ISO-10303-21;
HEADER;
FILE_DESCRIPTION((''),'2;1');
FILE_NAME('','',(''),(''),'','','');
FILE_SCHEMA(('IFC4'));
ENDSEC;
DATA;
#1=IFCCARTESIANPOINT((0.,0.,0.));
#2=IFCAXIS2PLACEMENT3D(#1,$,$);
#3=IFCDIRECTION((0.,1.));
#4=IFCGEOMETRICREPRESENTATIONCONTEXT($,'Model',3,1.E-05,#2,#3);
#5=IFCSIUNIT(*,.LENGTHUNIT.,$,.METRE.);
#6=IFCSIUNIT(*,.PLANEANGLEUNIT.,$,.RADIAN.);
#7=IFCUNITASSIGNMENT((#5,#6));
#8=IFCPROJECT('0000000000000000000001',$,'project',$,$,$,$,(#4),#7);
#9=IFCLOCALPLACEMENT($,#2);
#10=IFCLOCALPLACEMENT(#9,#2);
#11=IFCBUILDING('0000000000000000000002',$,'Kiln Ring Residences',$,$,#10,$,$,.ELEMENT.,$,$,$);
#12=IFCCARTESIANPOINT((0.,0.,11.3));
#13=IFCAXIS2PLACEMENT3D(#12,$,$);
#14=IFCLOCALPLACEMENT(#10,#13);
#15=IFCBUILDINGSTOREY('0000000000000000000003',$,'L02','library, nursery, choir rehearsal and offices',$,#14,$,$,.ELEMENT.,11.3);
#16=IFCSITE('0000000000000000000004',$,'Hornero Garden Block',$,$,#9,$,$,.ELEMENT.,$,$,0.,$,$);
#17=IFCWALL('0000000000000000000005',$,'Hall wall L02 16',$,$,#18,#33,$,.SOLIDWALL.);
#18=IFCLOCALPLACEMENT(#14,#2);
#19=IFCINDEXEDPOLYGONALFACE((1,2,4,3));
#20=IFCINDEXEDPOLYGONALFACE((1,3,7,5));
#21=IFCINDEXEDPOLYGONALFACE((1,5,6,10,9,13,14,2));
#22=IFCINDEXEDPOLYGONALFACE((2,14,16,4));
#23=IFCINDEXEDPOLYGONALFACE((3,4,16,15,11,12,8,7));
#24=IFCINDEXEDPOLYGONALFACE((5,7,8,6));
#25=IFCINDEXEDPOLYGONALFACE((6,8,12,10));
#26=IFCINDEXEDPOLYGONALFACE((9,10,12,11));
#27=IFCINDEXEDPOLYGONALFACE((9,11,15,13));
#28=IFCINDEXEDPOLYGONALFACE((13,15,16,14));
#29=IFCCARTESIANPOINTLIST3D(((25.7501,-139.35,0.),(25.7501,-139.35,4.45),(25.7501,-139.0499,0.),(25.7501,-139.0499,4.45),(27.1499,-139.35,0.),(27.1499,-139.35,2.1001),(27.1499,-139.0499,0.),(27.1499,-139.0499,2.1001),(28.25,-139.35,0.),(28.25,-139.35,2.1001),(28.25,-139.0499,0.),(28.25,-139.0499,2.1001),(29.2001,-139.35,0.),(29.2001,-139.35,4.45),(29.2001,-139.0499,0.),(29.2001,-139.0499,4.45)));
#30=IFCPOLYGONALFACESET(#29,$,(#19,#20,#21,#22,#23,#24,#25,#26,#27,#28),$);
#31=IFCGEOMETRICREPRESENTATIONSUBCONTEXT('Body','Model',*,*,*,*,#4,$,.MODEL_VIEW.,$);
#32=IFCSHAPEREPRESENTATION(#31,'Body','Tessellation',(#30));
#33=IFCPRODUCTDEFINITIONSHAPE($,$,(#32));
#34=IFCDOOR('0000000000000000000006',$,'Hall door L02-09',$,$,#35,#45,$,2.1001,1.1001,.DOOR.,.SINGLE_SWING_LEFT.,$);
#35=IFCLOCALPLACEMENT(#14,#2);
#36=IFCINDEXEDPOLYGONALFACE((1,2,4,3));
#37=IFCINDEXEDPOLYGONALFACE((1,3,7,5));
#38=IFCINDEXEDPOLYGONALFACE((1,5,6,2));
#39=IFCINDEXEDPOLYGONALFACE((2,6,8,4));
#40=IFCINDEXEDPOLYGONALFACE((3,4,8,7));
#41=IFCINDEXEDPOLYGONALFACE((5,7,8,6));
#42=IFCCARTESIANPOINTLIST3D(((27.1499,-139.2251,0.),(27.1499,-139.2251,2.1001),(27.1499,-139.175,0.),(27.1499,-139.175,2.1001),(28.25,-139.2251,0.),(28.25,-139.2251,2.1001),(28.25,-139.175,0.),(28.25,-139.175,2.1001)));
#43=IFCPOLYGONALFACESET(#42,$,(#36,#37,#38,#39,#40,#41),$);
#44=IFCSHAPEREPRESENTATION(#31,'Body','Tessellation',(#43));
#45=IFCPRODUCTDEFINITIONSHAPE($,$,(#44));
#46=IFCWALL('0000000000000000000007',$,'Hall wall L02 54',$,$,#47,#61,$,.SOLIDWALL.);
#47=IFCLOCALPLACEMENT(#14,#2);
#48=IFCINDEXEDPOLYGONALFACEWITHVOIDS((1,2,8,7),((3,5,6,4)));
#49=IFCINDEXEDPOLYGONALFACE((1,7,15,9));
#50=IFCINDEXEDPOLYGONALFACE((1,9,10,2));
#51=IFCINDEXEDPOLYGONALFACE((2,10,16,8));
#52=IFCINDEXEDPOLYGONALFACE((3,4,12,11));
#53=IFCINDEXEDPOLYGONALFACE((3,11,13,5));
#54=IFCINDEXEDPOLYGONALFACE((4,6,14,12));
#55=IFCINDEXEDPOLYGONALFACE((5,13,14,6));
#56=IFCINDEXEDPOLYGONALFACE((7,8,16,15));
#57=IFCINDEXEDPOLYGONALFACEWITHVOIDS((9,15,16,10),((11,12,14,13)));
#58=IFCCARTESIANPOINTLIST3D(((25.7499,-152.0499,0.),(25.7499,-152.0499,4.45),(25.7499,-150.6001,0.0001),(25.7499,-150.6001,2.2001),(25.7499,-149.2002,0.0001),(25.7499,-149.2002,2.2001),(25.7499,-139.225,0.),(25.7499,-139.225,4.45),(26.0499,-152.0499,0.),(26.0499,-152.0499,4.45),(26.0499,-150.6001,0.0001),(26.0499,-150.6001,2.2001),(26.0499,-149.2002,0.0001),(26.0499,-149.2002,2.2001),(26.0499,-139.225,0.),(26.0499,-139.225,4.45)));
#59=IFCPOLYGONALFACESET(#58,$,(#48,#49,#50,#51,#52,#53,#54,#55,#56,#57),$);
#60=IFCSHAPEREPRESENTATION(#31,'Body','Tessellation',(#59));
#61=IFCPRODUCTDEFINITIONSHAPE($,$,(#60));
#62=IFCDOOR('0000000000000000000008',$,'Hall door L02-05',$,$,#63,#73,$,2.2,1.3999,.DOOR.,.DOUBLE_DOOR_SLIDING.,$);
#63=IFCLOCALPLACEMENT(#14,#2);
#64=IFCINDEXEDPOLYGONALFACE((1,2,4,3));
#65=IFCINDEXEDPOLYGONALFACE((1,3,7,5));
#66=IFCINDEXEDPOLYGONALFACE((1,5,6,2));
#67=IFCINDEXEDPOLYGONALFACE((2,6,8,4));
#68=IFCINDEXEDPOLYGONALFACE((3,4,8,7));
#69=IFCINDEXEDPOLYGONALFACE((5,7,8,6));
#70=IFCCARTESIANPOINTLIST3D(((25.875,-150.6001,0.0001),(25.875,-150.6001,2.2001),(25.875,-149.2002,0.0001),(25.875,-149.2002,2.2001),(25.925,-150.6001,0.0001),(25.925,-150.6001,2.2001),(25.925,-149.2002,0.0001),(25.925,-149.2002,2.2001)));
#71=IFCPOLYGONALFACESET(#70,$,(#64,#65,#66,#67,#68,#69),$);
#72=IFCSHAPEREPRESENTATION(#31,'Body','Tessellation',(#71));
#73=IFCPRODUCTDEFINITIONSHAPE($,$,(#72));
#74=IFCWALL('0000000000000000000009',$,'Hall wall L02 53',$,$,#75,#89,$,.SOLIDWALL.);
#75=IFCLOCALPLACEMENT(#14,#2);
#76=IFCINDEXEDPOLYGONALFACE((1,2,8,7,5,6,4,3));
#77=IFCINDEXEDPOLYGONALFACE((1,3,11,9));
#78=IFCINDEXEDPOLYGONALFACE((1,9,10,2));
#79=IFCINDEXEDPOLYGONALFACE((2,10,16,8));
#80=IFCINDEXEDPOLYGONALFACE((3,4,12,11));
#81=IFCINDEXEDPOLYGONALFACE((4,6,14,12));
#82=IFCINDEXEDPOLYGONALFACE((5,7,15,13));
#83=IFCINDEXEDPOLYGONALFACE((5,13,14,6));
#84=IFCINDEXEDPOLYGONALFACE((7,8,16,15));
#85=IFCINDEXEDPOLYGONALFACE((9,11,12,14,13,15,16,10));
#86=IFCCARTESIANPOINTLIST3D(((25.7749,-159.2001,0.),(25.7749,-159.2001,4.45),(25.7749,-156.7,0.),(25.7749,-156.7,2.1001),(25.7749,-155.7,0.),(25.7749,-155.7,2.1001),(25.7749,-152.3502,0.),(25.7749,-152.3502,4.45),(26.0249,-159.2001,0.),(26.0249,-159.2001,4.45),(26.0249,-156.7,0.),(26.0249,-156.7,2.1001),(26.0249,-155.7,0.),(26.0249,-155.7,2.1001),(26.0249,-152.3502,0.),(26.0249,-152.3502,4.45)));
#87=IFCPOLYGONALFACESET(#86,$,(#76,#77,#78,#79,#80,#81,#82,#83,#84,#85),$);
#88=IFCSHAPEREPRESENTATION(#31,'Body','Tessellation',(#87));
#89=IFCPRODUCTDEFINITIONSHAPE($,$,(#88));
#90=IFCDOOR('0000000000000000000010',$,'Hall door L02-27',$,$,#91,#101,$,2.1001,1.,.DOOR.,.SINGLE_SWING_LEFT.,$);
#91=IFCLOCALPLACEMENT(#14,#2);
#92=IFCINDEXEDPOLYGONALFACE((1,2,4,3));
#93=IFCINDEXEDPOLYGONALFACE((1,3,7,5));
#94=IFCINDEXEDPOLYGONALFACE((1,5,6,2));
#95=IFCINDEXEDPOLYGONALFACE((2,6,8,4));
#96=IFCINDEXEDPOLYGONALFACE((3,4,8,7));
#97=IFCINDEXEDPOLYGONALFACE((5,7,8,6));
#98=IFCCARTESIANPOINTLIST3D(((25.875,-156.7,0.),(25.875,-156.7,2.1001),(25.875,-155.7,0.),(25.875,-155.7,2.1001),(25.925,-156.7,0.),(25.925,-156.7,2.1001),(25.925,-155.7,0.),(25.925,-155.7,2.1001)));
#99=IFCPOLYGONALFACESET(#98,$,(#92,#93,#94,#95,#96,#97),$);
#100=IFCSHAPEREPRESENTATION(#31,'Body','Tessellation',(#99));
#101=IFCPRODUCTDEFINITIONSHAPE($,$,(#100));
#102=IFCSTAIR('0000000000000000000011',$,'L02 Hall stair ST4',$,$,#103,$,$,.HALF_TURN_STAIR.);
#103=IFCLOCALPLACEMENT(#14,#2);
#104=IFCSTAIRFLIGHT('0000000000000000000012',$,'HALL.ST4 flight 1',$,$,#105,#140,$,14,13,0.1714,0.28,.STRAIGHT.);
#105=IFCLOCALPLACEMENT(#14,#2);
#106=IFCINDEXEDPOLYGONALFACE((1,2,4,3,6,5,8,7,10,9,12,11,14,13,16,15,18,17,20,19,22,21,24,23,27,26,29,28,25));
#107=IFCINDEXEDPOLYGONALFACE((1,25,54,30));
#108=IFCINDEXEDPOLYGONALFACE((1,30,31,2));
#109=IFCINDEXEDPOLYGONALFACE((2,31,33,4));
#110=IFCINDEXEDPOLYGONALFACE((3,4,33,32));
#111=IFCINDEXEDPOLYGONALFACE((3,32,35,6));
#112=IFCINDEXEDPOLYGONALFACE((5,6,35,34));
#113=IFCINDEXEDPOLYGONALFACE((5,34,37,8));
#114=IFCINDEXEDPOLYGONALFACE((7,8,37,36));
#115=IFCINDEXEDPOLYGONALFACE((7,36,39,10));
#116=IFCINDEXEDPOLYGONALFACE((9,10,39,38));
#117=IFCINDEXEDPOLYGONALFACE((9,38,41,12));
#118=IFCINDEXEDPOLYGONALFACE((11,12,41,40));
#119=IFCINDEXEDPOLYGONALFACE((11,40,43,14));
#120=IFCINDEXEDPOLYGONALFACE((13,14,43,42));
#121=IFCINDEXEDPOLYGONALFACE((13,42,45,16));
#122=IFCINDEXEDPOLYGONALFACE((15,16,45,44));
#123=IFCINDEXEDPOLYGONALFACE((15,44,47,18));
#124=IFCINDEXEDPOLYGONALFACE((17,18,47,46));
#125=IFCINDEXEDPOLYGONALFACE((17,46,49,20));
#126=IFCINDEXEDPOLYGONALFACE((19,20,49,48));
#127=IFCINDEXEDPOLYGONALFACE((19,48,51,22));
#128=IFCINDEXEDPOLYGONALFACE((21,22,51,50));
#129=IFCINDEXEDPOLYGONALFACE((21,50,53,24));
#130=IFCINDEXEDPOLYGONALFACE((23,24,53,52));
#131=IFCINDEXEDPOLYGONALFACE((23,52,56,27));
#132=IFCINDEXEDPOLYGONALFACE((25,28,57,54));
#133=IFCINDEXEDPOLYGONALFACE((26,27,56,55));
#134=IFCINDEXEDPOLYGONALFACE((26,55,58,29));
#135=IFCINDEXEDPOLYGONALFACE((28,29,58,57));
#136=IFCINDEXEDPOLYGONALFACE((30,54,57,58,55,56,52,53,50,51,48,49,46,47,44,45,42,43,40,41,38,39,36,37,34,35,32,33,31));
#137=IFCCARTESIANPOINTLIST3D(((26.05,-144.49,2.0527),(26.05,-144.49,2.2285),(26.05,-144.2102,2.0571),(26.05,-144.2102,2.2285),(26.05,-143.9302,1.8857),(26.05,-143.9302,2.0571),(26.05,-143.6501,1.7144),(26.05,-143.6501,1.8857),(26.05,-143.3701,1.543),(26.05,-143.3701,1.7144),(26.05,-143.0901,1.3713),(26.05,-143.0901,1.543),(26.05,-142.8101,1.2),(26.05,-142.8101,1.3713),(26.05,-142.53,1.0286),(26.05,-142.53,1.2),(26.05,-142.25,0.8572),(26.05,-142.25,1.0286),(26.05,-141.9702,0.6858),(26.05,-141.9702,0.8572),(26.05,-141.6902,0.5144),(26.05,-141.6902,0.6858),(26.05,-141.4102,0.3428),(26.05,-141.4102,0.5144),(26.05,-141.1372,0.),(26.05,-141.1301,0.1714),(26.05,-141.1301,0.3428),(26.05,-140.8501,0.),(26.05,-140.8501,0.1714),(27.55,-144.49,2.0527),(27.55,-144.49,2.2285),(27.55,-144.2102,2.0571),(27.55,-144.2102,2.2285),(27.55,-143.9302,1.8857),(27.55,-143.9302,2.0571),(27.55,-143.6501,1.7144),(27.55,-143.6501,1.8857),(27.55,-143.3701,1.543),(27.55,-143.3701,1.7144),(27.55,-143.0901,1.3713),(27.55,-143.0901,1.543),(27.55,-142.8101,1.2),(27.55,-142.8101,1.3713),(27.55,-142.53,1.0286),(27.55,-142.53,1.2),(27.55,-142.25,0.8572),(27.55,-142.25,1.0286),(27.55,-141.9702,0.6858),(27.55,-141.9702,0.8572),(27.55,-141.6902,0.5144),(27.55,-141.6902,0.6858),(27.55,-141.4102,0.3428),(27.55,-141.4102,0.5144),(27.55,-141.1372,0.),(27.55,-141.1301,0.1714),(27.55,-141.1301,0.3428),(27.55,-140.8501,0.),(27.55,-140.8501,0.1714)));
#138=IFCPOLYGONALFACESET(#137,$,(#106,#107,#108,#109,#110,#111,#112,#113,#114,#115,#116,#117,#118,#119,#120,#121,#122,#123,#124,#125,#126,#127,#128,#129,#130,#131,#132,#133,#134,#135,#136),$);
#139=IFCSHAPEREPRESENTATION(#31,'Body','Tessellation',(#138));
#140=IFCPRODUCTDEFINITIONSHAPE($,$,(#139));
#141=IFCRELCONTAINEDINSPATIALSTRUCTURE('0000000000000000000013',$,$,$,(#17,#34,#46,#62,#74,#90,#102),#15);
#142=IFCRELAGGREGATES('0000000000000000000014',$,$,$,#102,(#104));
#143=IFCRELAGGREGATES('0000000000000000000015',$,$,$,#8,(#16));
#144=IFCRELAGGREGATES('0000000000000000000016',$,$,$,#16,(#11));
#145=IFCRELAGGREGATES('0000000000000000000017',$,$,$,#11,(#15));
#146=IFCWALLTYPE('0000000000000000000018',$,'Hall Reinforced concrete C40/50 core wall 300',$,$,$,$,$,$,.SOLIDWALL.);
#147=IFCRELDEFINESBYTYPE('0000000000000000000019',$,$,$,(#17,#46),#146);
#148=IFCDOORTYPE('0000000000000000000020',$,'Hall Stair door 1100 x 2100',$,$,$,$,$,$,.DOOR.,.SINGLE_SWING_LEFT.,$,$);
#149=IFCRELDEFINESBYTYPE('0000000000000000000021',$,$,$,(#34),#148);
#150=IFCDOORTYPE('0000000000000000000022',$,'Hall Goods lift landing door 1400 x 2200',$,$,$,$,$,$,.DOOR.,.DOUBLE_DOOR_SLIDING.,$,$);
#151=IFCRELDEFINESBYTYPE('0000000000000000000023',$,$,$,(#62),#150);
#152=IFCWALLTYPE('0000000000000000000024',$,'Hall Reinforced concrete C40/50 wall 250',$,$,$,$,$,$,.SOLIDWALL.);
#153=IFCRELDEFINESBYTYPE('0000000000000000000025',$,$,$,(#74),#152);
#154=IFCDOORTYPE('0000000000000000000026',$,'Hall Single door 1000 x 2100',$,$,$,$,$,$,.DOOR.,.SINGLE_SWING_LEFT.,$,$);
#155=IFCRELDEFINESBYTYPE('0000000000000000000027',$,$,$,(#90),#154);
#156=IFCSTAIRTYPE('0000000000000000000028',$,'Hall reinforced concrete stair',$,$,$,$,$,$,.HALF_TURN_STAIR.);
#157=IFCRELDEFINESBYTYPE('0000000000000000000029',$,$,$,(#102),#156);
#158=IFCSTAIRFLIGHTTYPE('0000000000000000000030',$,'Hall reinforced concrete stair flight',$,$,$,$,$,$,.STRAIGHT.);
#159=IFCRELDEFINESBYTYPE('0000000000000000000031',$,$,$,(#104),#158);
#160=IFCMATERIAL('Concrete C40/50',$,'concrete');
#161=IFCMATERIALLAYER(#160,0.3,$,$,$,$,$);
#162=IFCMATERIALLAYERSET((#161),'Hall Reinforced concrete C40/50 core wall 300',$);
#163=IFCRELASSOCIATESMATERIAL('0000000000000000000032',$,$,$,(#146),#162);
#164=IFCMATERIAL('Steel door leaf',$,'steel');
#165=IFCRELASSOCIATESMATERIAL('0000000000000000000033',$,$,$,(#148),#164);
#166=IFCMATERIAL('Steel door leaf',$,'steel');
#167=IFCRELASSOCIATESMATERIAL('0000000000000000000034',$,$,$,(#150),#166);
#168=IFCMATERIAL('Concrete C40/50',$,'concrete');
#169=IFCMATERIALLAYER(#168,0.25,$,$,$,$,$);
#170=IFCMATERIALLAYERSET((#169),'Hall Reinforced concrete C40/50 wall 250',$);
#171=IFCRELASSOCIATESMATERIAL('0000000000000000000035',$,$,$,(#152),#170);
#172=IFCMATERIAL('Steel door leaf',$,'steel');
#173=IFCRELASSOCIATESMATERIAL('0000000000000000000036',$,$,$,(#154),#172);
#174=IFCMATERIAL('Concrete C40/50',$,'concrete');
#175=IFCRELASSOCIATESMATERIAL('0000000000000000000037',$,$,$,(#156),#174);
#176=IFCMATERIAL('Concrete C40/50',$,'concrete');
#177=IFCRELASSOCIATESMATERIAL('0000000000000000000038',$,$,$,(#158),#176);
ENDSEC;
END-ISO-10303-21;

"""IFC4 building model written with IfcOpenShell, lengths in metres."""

from ifc_helpers import new_model, si_unit, direction, frame, frame_2d, origin, place, context, subcontext, project, spatial, polyline, rectangle, outline, extrude, material, layer, layer_set, type_object, element, fill, aggregate, save


model = new_model("IFC4")

# Units and contexts
model_context = context("Model", 3, precision=1e-05, world=origin(), true_north=direction((0.0, 1.0)))
body_context = subcontext(model_context, "Body", "Model", "MODEL_VIEW")
ifc_project = project(units=[si_unit("LENGTHUNIT", "METRE"), si_unit("PLANEANGLEUNIT", "RADIAN")], contexts=[model_context])

# Site, building, storey
site_placement = place(None, origin())
site = spatial("IfcSite", under=ifc_project, at=site_placement, Name="Hornero Garden Block", CompositionType="ELEMENT", RefElevation=0.0)
building_placement = place(site_placement, origin())
building = spatial("IfcBuilding", under=site, at=building_placement, Name="Kiln Ring Residences", CompositionType="ELEMENT")
storey_placement = place(building_placement, frame((0.0, 0.0, 11.3)))
storey = spatial("IfcBuildingStorey", under=building, at=storey_placement, Name="L02", Description="library, nursery, choir rehearsal and offices", CompositionType="ELEMENT", Elevation=11.3)

# Shared definitions
ifc_material_1 = material(Name="Concrete C40/50", Category="concrete")
ifc_layer_1 = layer(ifc_material_1, 0.3)
ifc_layer_set_1 = layer_set([ifc_layer_1], Name="Hall Reinforced concrete C40/50 core wall 300")
wall_type_1 = type_object("IfcWallType", Name="Hall Reinforced concrete C40/50 core wall 300", PredefinedType="SOLIDWALL", material=ifc_layer_set_1)

# Walls, openings, doors
wall_1_placement = place(storey_placement, frame((25.75, -139.2, 0.0), z_axis=(0.0, 0.0, 1.0), x_axis=(1.0, 0.0, 0.0)))
wall_1 = element("IfcWall", 1, at=wall_1_placement, inside=storey, type_object=wall_type_1, Name="Hall wall L02 16", PredefinedType="SOLIDWALL", context=body_context, shape_type="SweptSolid", body=[
    extrude(rectangle(XDim=3.45, YDim=0.3, at=frame_2d((1.7251, 0.0))), origin(), (0.0, 0.0, 1.0), 4.45),
])
opening_1_placement = place(wall_1_placement, frame((1.3999, 0.0, 0.0)))
opening_1 = element("IfcOpeningElement", 2, at=opening_1_placement, cuts=wall_1, PredefinedType="OPENING", context=body_context, shape_type="SweptSolid", body=[
    extrude(rectangle(XDim=1.1001, YDim=2.1001, at=frame_2d((0.55, 1.05))), frame((0.0, 0.1599, 0.0), z_axis=(0.0, -1.0, 0.0), x_axis=(1.0, 0.0, 0.0)), (0.0, 0.0, 1.0), 0.3201),
])
ifc_material_2 = material(Name="Steel door leaf", Category="steel")
door_type_1 = type_object("IfcDoorType", Name="Hall Stair door 1100 x 2100", OperationType="SINGLE_SWING_LEFT", PredefinedType="DOOR", material=ifc_material_2)
door_1_placement = place(opening_1_placement, origin())
door_1 = element("IfcDoor", 3, at=door_1_placement, inside=storey, type_object=door_type_1, Name="Hall door L02-09", OperationType="SINGLE_SWING_LEFT", OverallHeight=2.1001, OverallWidth=1.1001, PredefinedType="DOOR", context=body_context, shape_type="SweptSolid", body=[
    extrude(rectangle(XDim=1.1001, YDim=2.1001, at=frame_2d((0.55, 1.05))), frame((0.0, 0.0249, 0.0), z_axis=(0.0, -1.0, 0.0), x_axis=(1.0, 0.0, 0.0)), (0.0, 0.0, 1.0), 0.05),
])
fill(opening_1, door_1)
wall_2_placement = place(storey_placement, frame((25.8999, -152.05, 0.0), z_axis=(0.0, 0.0, 1.0), x_axis=(0.0, 1.0, 0.0)))
wall_2 = element("IfcWall", 4, at=wall_2_placement, inside=storey, type_object=wall_type_1, Name="Hall wall L02 54", PredefinedType="SOLIDWALL", context=body_context, shape_type="SweptSolid", body=[
    extrude(rectangle(XDim=12.825, YDim=0.3, at=frame_2d((6.4126, 0.0))), origin(), (0.0, 0.0, 1.0), 4.45),
])
opening_2_placement = place(wall_2_placement, frame((1.45, 0.0, 0.0)))
opening_2 = element("IfcOpeningElement", 5, at=opening_2_placement, cuts=wall_2, PredefinedType="OPENING", context=body_context, shape_type="SweptSolid", body=[
    extrude(rectangle(XDim=1.3999, YDim=2.2, at=frame_2d((0.7, 1.1001))), frame((0.0, 0.1599, 0.0), z_axis=(0.0, -1.0, 0.0), x_axis=(1.0, 0.0, 0.0)), (0.0, 0.0, 1.0), 0.3201),
])
ifc_material_3 = material(Name="Steel door leaf", Category="steel")
door_type_2 = type_object("IfcDoorType", Name="Hall Goods lift landing door 1400 x 2200", OperationType="DOUBLE_DOOR_SLIDING", PredefinedType="DOOR", material=ifc_material_3)
door_2_placement = place(opening_2_placement, origin())
door_2 = element("IfcDoor", 6, at=door_2_placement, inside=storey, type_object=door_type_2, Name="Hall door L02-05", OperationType="DOUBLE_DOOR_SLIDING", OverallHeight=2.2, OverallWidth=1.3999, PredefinedType="DOOR", context=body_context, shape_type="SweptSolid", body=[
    extrude(rectangle(XDim=1.3999, YDim=2.2, at=frame_2d((0.7, 1.1001))), frame((0.0, 0.0249, 0.0), z_axis=(0.0, -1.0, 0.0), x_axis=(1.0, 0.0, 0.0)), (0.0, 0.0, 1.0), 0.05),
])
fill(opening_2, door_2)
ifc_material_4 = material(Name="Concrete C40/50", Category="concrete")
ifc_layer_2 = layer(ifc_material_4, 0.25)
ifc_layer_set_2 = layer_set([ifc_layer_2], Name="Hall Reinforced concrete C40/50 wall 250")
wall_type_2 = type_object("IfcWallType", Name="Hall Reinforced concrete C40/50 wall 250", PredefinedType="SOLIDWALL", material=ifc_layer_set_2)
wall_3_placement = place(storey_placement, frame((25.8999, -159.2, 0.0), z_axis=(0.0, 0.0, 1.0), x_axis=(0.0, 1.0, 0.0)))
wall_3 = element("IfcWall", 7, at=wall_3_placement, inside=storey, type_object=wall_type_2, Name="Hall wall L02 53", PredefinedType="SOLIDWALL", context=body_context, shape_type="SweptSolid", body=[
    extrude(rectangle(XDim=6.8499, YDim=0.25, at=frame_2d((3.4248, 0.0))), origin(), (0.0, 0.0, 1.0), 4.45),
])
opening_3_placement = place(wall_3_placement, frame((2.5, 0.0, 0.0)))
opening_3 = element("IfcOpeningElement", 8, at=opening_3_placement, cuts=wall_3, PredefinedType="OPENING", context=body_context, shape_type="SweptSolid", body=[
    extrude(rectangle(XDim=1.0, YDim=2.1001, at=frame_2d((0.5, 1.05))), frame((0.0, 0.135, 0.0), z_axis=(0.0, -1.0, 0.0), x_axis=(1.0, 0.0, 0.0)), (0.0, 0.0, 1.0), 0.27),
])
ifc_material_5 = material(Name="Steel door leaf", Category="steel")
door_type_3 = type_object("IfcDoorType", Name="Hall Single door 1000 x 2100", OperationType="SINGLE_SWING_LEFT", PredefinedType="DOOR", material=ifc_material_5)
door_3_placement = place(opening_3_placement, origin())
door_3 = element("IfcDoor", 9, at=door_3_placement, inside=storey, type_object=door_type_3, Name="Hall door L02-27", OperationType="SINGLE_SWING_LEFT", OverallHeight=2.1001, OverallWidth=1.0, PredefinedType="DOOR", context=body_context, shape_type="SweptSolid", body=[
    extrude(rectangle(XDim=1.0, YDim=2.1001, at=frame_2d((0.5, 1.05))), frame((0.0, 0.0249, 0.0), z_axis=(0.0, -1.0, 0.0), x_axis=(1.0, 0.0, 0.0)), (0.0, 0.0, 1.0), 0.05),
])
fill(opening_3, door_3)

# Stair, stair flight
ifc_material_6 = material(Name="Concrete C40/50", Category="concrete")
stair_type = type_object("IfcStairType", Name="Hall reinforced concrete stair", PredefinedType="HALF_TURN_STAIR", material=ifc_material_6)
stair_placement = place(storey_placement, origin())
stair = element("IfcStair", 10, at=stair_placement, inside=storey, type_object=stair_type, Name="L02 Hall stair ST4", PredefinedType="HALF_TURN_STAIR")
ifc_material_7 = material(Name="Concrete C40/50", Category="concrete")
stair_flight_type = type_object("IfcStairFlightType", Name="Hall reinforced concrete stair flight", PredefinedType="STRAIGHT", material=ifc_material_7)
stair_flight_1_placement = place(storey_placement, frame((26.8, -140.8501, 0.0), z_axis=(0.0, 0.0, 1.0), x_axis=(0.0, -1.0, 0.0)))
stair_flight_1 = element("IfcStairFlight", 11, at=stair_flight_1_placement, type_object=stair_flight_type, Name="HALL.ST4 flight 1", NumberOfRisers=14, NumberOfTreads=13, PredefinedType="STRAIGHT", RiserHeight=0.1714, TreadLength=0.28, context=body_context, shape_type="SweptSolid", body=[
    extrude(outline(polyline([(0.0, 0.0), (0.0, 0.1714), (0.28, 0.1714), (0.28, 0.3428), (0.5601, 0.3428), (0.5601, 0.5144), (0.8401, 0.5144), (0.8401, 0.6858), (1.1201, 0.6858), (1.1201, 0.8572), (1.3999, 0.8572), (1.3999, 1.0286), (1.6799, 1.0286), (1.6799, 1.2), (1.96, 1.2), (1.96, 1.3713), (2.24, 1.3713), (2.24, 1.543), (2.52, 1.543), (2.52, 1.7144), (2.8, 1.7144), (2.8, 1.8857), (3.0801, 1.8857), (3.0801, 2.0571), (3.3601, 2.0571), (3.3601, 2.2285), (3.6399, 2.2285), (3.6399, 2.3999), (3.6399, 2.0527), (0.2871, 0.0), (0.0, 0.0)])), frame((0.0, 0.75, 0.0), z_axis=(0.0, -1.0, 0.0), x_axis=(1.0, 0.0, 0.0)), (0.0, 0.0, 1.0), 1.5),
])
aggregate(stair, [stair_flight_1])

save(model, "model.ifc")
